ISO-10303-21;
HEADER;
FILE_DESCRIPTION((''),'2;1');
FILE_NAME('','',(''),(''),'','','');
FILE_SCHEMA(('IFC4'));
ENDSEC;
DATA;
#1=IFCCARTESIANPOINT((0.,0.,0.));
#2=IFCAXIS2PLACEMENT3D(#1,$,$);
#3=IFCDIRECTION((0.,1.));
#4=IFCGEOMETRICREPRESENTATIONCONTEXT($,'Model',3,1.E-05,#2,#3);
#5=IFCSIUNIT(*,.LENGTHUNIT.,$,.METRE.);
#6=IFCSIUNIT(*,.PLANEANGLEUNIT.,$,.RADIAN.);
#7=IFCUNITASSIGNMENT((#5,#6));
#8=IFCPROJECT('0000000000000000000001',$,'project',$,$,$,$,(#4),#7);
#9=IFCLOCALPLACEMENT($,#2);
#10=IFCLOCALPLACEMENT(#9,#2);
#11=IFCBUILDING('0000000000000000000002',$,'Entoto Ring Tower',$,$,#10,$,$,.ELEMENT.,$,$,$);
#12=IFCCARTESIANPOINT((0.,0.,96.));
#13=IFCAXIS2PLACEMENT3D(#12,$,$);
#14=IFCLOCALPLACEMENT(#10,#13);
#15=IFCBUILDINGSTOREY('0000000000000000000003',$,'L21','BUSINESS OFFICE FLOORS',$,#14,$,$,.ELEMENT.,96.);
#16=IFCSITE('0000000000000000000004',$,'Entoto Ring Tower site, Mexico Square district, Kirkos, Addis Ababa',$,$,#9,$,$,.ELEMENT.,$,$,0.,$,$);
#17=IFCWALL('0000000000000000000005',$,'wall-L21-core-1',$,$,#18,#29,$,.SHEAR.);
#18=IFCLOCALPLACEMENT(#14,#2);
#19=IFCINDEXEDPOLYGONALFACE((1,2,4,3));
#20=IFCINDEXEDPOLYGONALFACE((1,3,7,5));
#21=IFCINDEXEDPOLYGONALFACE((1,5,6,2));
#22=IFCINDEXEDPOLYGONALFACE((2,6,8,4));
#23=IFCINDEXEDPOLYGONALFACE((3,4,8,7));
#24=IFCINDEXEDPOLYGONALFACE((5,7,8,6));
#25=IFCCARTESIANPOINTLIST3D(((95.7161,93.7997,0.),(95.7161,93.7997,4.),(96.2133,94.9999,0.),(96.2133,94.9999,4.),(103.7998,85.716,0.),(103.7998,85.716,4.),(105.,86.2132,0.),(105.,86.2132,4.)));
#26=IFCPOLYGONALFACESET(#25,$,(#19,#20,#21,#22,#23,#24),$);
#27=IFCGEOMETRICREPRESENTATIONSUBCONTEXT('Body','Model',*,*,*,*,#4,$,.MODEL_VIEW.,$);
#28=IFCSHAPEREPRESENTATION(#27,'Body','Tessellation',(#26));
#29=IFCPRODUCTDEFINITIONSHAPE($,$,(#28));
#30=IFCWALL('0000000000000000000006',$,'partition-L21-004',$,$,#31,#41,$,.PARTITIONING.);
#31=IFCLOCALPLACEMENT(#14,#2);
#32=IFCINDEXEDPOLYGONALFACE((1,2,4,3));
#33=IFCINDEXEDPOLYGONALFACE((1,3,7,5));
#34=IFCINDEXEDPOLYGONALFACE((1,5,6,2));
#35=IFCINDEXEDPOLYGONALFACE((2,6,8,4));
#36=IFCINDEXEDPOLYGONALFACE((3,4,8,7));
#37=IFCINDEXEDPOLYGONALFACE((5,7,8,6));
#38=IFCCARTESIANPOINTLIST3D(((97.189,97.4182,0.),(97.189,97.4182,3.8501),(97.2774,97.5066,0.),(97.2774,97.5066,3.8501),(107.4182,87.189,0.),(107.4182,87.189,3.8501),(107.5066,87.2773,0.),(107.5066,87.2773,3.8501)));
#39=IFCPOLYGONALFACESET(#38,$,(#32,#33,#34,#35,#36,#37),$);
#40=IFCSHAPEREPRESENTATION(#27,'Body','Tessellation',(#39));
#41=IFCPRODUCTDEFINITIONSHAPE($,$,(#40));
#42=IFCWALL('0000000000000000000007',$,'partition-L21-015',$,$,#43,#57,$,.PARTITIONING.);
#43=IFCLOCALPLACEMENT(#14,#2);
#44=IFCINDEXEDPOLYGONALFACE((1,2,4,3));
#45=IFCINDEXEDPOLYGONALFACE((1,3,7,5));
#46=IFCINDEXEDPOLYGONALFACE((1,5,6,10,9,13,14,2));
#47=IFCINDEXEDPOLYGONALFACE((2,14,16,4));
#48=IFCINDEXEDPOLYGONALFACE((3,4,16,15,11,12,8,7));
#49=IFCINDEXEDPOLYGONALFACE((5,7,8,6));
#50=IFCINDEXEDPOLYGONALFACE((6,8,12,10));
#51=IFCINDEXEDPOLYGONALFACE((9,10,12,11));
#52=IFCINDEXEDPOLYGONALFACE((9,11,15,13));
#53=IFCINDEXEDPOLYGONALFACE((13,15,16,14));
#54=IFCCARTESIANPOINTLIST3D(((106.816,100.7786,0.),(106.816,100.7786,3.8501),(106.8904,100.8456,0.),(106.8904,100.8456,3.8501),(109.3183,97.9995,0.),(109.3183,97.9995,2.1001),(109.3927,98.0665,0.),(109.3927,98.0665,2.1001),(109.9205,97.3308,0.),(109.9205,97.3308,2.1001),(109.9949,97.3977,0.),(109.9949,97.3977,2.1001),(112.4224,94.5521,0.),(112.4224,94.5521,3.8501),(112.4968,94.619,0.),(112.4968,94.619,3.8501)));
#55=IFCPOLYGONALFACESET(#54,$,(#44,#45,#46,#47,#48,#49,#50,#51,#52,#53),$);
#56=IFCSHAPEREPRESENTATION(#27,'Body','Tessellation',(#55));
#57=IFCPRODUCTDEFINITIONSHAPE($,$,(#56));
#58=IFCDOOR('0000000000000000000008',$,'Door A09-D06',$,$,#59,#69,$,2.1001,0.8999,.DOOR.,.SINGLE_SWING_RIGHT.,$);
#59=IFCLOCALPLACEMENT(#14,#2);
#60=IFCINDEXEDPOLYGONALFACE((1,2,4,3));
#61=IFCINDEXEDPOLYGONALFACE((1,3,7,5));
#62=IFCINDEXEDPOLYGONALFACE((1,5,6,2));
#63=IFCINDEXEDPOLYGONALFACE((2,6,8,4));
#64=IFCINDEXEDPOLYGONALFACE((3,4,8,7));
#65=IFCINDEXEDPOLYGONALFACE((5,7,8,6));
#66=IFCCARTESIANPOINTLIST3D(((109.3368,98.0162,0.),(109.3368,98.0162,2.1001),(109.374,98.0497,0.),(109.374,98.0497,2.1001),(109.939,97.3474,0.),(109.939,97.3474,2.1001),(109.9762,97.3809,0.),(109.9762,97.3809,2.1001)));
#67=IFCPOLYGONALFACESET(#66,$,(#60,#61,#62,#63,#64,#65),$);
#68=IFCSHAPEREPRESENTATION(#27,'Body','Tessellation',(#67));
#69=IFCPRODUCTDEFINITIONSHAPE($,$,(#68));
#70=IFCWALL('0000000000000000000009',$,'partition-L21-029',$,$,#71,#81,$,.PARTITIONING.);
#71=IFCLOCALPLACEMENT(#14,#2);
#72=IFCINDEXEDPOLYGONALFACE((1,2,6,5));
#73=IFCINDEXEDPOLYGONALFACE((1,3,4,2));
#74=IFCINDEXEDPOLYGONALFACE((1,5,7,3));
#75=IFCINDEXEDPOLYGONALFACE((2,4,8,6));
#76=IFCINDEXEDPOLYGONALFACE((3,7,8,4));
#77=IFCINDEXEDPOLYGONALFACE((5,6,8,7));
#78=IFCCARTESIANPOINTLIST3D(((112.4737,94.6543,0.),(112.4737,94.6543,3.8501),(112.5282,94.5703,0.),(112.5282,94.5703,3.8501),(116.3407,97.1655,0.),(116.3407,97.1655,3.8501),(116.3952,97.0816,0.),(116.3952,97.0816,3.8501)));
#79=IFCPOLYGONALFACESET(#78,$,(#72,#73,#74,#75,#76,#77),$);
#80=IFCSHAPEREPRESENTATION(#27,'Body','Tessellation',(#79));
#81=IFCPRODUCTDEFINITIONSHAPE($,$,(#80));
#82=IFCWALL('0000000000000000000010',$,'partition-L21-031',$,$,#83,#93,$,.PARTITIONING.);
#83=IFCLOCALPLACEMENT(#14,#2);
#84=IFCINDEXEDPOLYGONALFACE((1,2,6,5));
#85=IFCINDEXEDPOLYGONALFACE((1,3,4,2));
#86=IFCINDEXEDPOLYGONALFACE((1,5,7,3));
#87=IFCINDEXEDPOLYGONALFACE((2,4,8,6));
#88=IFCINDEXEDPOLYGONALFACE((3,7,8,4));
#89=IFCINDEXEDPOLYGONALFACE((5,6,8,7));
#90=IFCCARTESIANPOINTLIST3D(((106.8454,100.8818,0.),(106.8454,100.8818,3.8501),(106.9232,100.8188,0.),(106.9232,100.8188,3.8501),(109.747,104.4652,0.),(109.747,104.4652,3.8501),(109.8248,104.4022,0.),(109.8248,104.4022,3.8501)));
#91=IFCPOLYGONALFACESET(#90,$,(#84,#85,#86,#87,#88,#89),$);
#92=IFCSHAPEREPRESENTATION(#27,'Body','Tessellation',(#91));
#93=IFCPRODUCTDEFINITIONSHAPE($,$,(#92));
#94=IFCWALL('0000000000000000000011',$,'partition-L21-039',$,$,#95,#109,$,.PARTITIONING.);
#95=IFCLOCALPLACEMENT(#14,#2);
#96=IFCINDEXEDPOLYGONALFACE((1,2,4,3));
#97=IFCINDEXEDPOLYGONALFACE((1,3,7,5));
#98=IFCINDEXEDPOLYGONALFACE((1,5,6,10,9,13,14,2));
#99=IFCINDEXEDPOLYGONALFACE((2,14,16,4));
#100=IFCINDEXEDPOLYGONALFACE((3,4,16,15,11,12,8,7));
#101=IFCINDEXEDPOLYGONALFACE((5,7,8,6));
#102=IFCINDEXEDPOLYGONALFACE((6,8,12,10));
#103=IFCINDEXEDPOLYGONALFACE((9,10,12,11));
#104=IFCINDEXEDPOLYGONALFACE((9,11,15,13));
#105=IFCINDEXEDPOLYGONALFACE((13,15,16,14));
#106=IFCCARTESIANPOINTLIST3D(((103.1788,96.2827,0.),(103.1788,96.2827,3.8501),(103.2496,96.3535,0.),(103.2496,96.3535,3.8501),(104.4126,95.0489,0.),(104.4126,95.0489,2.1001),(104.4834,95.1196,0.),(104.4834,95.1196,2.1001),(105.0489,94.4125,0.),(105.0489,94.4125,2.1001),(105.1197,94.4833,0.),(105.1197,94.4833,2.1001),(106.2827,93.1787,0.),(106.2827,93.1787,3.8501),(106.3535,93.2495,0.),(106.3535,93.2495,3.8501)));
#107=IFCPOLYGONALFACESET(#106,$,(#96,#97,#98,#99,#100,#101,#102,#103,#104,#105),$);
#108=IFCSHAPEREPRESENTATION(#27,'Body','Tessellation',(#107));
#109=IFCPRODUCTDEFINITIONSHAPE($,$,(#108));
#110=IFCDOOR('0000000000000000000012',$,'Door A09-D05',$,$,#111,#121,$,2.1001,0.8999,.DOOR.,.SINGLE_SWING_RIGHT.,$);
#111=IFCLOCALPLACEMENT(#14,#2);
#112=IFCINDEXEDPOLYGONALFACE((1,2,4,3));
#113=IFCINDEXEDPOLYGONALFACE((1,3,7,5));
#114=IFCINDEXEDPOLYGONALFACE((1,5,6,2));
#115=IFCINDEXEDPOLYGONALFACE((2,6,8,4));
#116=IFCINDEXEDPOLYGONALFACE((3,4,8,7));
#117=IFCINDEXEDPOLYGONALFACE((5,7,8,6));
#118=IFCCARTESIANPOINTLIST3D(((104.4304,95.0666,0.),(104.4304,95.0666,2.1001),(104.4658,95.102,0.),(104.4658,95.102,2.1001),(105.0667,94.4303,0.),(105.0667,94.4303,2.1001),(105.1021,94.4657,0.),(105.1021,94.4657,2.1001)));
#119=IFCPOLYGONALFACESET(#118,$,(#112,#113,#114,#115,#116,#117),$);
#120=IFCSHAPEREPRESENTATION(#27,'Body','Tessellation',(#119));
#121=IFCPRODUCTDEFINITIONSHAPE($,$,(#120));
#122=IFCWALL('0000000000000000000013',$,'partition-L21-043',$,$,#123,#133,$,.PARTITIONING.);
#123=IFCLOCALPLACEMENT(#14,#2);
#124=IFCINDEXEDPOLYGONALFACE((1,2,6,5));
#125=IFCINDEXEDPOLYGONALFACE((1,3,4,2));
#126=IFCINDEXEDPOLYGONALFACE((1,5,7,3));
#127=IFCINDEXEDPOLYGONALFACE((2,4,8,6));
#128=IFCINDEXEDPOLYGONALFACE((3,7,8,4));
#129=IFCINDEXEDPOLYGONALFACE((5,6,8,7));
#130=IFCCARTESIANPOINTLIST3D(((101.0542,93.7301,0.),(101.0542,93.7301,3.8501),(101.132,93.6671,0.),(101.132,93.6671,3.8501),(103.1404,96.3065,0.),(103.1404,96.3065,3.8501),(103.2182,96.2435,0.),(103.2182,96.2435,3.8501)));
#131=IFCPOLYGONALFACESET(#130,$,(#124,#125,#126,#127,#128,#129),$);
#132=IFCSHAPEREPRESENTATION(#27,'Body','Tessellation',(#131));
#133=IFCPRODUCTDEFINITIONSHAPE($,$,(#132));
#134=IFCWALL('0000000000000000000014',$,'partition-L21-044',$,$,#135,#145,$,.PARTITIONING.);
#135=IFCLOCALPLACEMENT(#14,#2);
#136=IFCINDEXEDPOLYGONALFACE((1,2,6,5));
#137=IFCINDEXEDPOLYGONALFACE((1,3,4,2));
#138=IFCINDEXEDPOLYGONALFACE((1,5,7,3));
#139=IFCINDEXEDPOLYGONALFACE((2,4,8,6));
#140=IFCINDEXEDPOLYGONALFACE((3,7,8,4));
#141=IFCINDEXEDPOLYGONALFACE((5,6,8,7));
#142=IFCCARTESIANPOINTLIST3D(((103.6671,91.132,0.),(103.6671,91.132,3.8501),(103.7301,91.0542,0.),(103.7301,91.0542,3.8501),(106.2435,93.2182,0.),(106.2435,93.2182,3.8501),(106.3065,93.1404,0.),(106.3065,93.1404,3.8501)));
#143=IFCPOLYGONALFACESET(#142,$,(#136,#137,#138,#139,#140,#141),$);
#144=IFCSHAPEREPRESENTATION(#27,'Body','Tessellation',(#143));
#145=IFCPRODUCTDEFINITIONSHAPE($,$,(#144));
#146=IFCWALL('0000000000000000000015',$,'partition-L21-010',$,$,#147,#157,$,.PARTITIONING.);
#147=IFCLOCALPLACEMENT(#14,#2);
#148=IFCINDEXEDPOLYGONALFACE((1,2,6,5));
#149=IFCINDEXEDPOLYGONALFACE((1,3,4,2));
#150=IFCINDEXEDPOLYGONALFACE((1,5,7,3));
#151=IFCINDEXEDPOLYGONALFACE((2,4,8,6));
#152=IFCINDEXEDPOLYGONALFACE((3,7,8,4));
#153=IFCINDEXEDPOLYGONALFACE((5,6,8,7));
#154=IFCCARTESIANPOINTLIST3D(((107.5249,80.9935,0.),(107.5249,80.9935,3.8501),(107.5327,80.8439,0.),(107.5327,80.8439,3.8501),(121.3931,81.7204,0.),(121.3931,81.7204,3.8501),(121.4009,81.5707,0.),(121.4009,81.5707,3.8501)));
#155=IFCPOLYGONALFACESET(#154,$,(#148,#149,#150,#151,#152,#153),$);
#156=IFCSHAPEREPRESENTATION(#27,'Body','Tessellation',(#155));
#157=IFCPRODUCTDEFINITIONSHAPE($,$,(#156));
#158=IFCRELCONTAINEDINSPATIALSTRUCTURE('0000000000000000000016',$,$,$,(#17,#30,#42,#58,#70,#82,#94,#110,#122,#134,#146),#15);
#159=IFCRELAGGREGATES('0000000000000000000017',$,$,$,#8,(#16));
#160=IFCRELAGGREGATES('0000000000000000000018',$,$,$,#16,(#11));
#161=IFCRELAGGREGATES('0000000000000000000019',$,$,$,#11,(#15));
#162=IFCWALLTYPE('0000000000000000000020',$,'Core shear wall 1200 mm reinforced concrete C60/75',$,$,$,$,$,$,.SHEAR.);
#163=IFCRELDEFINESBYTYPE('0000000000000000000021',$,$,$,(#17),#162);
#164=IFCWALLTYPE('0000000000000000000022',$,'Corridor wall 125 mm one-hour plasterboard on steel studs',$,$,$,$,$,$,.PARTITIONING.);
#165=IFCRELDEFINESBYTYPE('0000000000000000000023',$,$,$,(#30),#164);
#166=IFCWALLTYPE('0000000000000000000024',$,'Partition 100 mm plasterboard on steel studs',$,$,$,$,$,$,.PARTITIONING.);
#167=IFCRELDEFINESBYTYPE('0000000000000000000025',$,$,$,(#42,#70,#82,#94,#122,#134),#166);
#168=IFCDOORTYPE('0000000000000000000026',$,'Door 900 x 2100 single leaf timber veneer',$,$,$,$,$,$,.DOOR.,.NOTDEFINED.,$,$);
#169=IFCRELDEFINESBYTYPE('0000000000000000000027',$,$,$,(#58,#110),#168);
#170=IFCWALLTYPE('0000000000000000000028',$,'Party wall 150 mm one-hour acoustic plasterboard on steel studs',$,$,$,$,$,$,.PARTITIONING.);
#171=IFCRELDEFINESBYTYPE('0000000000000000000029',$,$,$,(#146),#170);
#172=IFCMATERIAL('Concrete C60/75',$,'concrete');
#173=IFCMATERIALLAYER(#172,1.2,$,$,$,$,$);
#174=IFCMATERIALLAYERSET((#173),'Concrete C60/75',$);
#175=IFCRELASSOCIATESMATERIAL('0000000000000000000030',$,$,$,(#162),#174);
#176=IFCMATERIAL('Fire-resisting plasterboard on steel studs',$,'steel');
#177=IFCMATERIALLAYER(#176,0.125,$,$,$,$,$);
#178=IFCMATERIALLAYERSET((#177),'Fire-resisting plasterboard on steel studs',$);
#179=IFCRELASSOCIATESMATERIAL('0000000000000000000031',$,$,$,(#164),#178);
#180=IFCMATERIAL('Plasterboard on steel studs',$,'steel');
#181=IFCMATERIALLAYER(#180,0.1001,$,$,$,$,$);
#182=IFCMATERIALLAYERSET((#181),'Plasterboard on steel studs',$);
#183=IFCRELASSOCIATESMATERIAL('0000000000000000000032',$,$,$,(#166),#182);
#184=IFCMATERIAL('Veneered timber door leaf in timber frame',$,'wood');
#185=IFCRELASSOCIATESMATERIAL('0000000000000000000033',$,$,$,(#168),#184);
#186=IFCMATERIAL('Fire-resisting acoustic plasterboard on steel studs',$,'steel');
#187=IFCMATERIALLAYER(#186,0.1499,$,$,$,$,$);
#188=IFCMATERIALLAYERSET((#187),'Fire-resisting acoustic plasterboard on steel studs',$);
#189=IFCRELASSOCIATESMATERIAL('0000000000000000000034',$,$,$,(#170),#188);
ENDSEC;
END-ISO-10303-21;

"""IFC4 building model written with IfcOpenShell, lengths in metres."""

from ifc_helpers import new_model, si_unit, direction, frame, frame_2d, origin, place, context, subcontext, project, spatial, polyline, rectangle, outline, extrude, material, layer, layer_set, type_object, element, fill, save


model = new_model("IFC4")

# Units and contexts
model_context = context("Model", 3, precision=1e-05, world=origin(), true_north=direction((0.0, 1.0)))
body_context = subcontext(model_context, "Body", "Model", "MODEL_VIEW")
ifc_project = project(units=[si_unit("LENGTHUNIT", "METRE"), si_unit("PLANEANGLEUNIT", "RADIAN")], contexts=[model_context])

# Site, building, storey
site_placement = place(None, origin())
site = spatial("IfcSite", under=ifc_project, at=site_placement, Name="Entoto Ring Tower site, Mexico Square district, Kirkos, Addis Ababa", CompositionType="ELEMENT", RefElevation=0.0)
building_placement = place(site_placement, origin())
building = spatial("IfcBuilding", under=site, at=building_placement, Name="Entoto Ring Tower", CompositionType="ELEMENT")
storey_placement = place(building_placement, frame((0.0, 0.0, 96.0)))
storey = spatial("IfcBuildingStorey", under=building, at=storey_placement, Name="L21", Description="BUSINESS OFFICE FLOORS", CompositionType="ELEMENT", Elevation=96.0)

# Walls
ifc_material_1 = material(Name="Concrete C60/75", Category="concrete")
ifc_layer_1 = layer(ifc_material_1, 1.2)
ifc_layer_set_1 = layer_set([ifc_layer_1], Name="Concrete C60/75")
wall_type_1 = type_object("IfcWallType", Name="Core shear wall 1200 mm reinforced concrete C60/75", PredefinedType="SHEAR", material=ifc_layer_set_1)
wall_1_placement = place(storey_placement, frame((104.3999, 85.9646, 0.0), z_axis=(0.0, 0.0, 1.0), x_axis=(-0.707107, 0.707107, 0.0)))
element("IfcWall", 1, at=wall_1_placement, inside=storey, type_object=wall_type_1, Name="wall-L21-core-1", PredefinedType="SHEAR", context=body_context, shape_type="SweptSolid", body=[
    extrude(outline(polyline([(-0.2485, -0.6001), (12.1777, -0.6001), (11.6807, 0.6001), (0.2485, 0.6001), (-0.2485, -0.6001)])), origin(), (0.0, 0.0, 1.0), 4.0),
])
ifc_material_2 = material(Name="Fire-resisting plasterboard on steel studs", Category="steel")
ifc_layer_2 = layer(ifc_material_2, 0.125)
ifc_layer_set_2 = layer_set([ifc_layer_2], Name="Fire-resisting plasterboard on steel studs")
wall_type_2 = type_object("IfcWallType", Name="Corridor wall 125 mm one-hour plasterboard on steel studs", PredefinedType="PARTITIONING", material=ifc_layer_set_2)
wall_2_placement = place(storey_placement, frame((107.4624, 87.2332, 0.0), z_axis=(0.0, 0.0, 1.0), x_axis=(-0.707107, 0.707107, 0.0)))
element("IfcWall", 2, at=wall_2_placement, inside=storey, type_object=wall_type_2, Name="partition-L21-004", PredefinedType="PARTITIONING", context=body_context, shape_type="SweptSolid", body=[
    extrude(rectangle(XDim=14.4663, YDim=0.125, at=frame_2d((7.2332, 0.0))), origin(), (0.0, 0.0, 1.0), 3.8501),
])

# Wall, opening, door
ifc_material_3 = material(Name="Plasterboard on steel studs", Category="steel")
ifc_layer_3 = layer(ifc_material_3, 0.1001)
ifc_layer_set_3 = layer_set([ifc_layer_3], Name="Plasterboard on steel studs")
wall_type_3 = type_object("IfcWallType", Name="Partition 100 mm plasterboard on steel studs", PredefinedType="PARTITIONING", material=ifc_layer_set_3)
wall_3_placement = place(storey_placement, frame((112.4597, 94.5854, 0.0), z_axis=(0.0, 0.0, 1.0), x_axis=(-0.669132, 0.743143, 0.0)))
wall_3 = element("IfcWall", 3, at=wall_3_placement, inside=storey, type_object=wall_type_3, Name="partition-L21-015", PredefinedType="PARTITIONING", context=body_context, shape_type="SweptSolid", body=[
    extrude(rectangle(XDim=8.3787, YDim=0.1001, at=frame_2d((4.1895, 0.0))), origin(), (0.0, 0.0, 1.0), 3.8501),
])
opening_1_placement = place(wall_3_placement, frame((3.7393, 0.0, 0.0)))
opening_1 = element("IfcOpeningElement", 4, at=opening_1_placement, cuts=wall_3, PredefinedType="OPENING", context=body_context, shape_type="SweptSolid", body=[
    extrude(rectangle(XDim=0.8999, YDim=2.1001, at=frame_2d((0.45, 1.05))), frame((0.0, 0.0601, 0.0), z_axis=(0.0, -1.0, 0.0), x_axis=(1.0, 0.0, 0.0)), (0.0, 0.0, 1.0), 0.1201),
])
ifc_material_4 = material(Name="Veneered timber door leaf in timber frame", Category="wood")
door_type_1 = type_object("IfcDoorType", Name="Door 900 x 2100 single leaf timber veneer", OperationType="NOTDEFINED", PredefinedType="DOOR", material=ifc_material_4)
door_1_placement = place(opening_1_placement, frame((0.8999, 0.0, 0.0), z_axis=(0.0, 0.0, 1.0), x_axis=(-1.0, 0.0, 0.0)))
door_1 = element("IfcDoor", 5, at=door_1_placement, inside=storey, type_object=door_type_1, Name="Door A09-D06", OperationType="SINGLE_SWING_RIGHT", OverallHeight=2.1001, OverallWidth=0.8999, PredefinedType="DOOR", context=body_context, shape_type="SweptSolid", body=[
    extrude(rectangle(XDim=0.8999, YDim=2.1001, at=frame_2d((0.45, 1.05))), frame((0.0, 0.0249, 0.0), z_axis=(0.0, -1.0, 0.0), x_axis=(1.0, 0.0, 0.0)), (0.0, 0.0, 1.0), 0.05),
])
fill(opening_1, door_1)

# Walls
for number, where, z_axis, x_axis, name in (
    (6, (112.501, 94.6123, 0.0), (0.0, 0.0, 1.0), (0.83867, 0.54464, 0.0), "partition-L21-029"),
    (7, (106.8843, 100.8503, 0.0), (0.0, 0.0, 1.0), (0.629314, 0.777151, 0.0), "partition-L21-031"),
):
    element("IfcWall", number, at=place(storey_placement, frame(where, z_axis=z_axis, x_axis=x_axis)), inside=storey, type_object=wall_type_3, Name=name, PredefinedType="PARTITIONING", context=body_context, shape_type="SweptSolid", body=[
        extrude(rectangle(XDim=4.6108, YDim=0.1001, at=frame_2d((2.3054, 0.0))), origin(), (0.0, 0.0, 1.0), 3.8501),
    ])

# Wall, opening, door
wall_4_placement = place(storey_placement, frame((106.3181, 93.2141, 0.0), z_axis=(0.0, 0.0, 1.0), x_axis=(-0.707107, 0.707107, 0.0)))
wall_4 = element("IfcWall", 8, at=wall_4_placement, inside=storey, type_object=wall_type_3, Name="partition-L21-039", PredefinedType="PARTITIONING", context=body_context, shape_type="SweptSolid", body=[
    extrude(rectangle(XDim=4.3896, YDim=0.1001, at=frame_2d((2.1948, 0.0))), origin(), (0.0, 0.0, 1.0), 3.8501),
])
opening_2_placement = place(wall_4_placement, frame((1.7449, 0.0, 0.0)))
opening_2 = element("IfcOpeningElement", 9, at=opening_2_placement, cuts=wall_4, PredefinedType="OPENING", context=body_context, shape_type="SweptSolid", body=[
    extrude(rectangle(XDim=0.8999, YDim=2.1001, at=frame_2d((0.45, 1.05))), frame((0.0, 0.0601, 0.0), z_axis=(0.0, -1.0, 0.0), x_axis=(1.0, 0.0, 0.0)), (0.0, 0.0, 1.0), 0.1201),
])
door_2_placement = place(opening_2_placement, origin())
door_2 = element("IfcDoor", 10, at=door_2_placement, inside=storey, type_object=door_type_1, Name="Door A09-D05", OperationType="SINGLE_SWING_RIGHT", OverallHeight=2.1001, OverallWidth=0.8999, PredefinedType="DOOR", context=body_context, shape_type="SweptSolid", body=[
    extrude(rectangle(XDim=0.8999, YDim=2.1001, at=frame_2d((0.45, 1.05))), frame((0.0, 0.0249, 0.0), z_axis=(0.0, -1.0, 0.0), x_axis=(1.0, 0.0, 0.0)), (0.0, 0.0, 1.0), 0.05),
])
fill(opening_2, door_2)

# Walls
for number, where, z_axis, x_axis, name in (
    (11, (101.093, 93.6985, 0.0), (0.0, 0.0, 1.0), (0.629291, 0.777169, 0.0), "partition-L21-043"),
    (12, (103.6985, 91.093, 0.0), (0.0, 0.0, 1.0), (0.777169, 0.629291, 0.0), "partition-L21-044"),
):
    element("IfcWall", number, at=place(storey_placement, frame(where, z_axis=z_axis, x_axis=x_axis)), inside=storey, type_object=wall_type_3, Name=name, PredefinedType="PARTITIONING", context=body_context, shape_type="SweptSolid", body=[
        extrude(rectangle(XDim=3.3152, YDim=0.1001, at=frame_2d((1.6577, 0.0))), origin(), (0.0, 0.0, 1.0), 3.8501),
    ])
ifc_material_5 = material(Name="Fire-resisting acoustic plasterboard on steel studs", Category="steel")
ifc_layer_4 = layer(ifc_material_5, 0.1499)
ifc_layer_set_4 = layer_set([ifc_layer_4], Name="Fire-resisting acoustic plasterboard on steel studs")
wall_type_4 = type_object("IfcWallType", Name="Party wall 150 mm one-hour acoustic plasterboard on steel studs", PredefinedType="PARTITIONING", material=ifc_layer_set_4)
wall_5_placement = place(storey_placement, frame((107.5288, 80.9187, 0.0), z_axis=(0.0, 0.0, 1.0), x_axis=(0.99863, 0.052336, 0.0)))
element("IfcWall", 13, at=wall_5_placement, inside=storey, type_object=wall_type_4, Name="partition-L21-010", PredefinedType="PARTITIONING", context=body_context, shape_type="SweptSolid", body=[
    extrude(rectangle(XDim=13.8872, YDim=0.1499, at=frame_2d((6.9436, 0.0))), origin(), (0.0, 0.0, 1.0), 3.8501),
])

save(model, "model.ifc")
